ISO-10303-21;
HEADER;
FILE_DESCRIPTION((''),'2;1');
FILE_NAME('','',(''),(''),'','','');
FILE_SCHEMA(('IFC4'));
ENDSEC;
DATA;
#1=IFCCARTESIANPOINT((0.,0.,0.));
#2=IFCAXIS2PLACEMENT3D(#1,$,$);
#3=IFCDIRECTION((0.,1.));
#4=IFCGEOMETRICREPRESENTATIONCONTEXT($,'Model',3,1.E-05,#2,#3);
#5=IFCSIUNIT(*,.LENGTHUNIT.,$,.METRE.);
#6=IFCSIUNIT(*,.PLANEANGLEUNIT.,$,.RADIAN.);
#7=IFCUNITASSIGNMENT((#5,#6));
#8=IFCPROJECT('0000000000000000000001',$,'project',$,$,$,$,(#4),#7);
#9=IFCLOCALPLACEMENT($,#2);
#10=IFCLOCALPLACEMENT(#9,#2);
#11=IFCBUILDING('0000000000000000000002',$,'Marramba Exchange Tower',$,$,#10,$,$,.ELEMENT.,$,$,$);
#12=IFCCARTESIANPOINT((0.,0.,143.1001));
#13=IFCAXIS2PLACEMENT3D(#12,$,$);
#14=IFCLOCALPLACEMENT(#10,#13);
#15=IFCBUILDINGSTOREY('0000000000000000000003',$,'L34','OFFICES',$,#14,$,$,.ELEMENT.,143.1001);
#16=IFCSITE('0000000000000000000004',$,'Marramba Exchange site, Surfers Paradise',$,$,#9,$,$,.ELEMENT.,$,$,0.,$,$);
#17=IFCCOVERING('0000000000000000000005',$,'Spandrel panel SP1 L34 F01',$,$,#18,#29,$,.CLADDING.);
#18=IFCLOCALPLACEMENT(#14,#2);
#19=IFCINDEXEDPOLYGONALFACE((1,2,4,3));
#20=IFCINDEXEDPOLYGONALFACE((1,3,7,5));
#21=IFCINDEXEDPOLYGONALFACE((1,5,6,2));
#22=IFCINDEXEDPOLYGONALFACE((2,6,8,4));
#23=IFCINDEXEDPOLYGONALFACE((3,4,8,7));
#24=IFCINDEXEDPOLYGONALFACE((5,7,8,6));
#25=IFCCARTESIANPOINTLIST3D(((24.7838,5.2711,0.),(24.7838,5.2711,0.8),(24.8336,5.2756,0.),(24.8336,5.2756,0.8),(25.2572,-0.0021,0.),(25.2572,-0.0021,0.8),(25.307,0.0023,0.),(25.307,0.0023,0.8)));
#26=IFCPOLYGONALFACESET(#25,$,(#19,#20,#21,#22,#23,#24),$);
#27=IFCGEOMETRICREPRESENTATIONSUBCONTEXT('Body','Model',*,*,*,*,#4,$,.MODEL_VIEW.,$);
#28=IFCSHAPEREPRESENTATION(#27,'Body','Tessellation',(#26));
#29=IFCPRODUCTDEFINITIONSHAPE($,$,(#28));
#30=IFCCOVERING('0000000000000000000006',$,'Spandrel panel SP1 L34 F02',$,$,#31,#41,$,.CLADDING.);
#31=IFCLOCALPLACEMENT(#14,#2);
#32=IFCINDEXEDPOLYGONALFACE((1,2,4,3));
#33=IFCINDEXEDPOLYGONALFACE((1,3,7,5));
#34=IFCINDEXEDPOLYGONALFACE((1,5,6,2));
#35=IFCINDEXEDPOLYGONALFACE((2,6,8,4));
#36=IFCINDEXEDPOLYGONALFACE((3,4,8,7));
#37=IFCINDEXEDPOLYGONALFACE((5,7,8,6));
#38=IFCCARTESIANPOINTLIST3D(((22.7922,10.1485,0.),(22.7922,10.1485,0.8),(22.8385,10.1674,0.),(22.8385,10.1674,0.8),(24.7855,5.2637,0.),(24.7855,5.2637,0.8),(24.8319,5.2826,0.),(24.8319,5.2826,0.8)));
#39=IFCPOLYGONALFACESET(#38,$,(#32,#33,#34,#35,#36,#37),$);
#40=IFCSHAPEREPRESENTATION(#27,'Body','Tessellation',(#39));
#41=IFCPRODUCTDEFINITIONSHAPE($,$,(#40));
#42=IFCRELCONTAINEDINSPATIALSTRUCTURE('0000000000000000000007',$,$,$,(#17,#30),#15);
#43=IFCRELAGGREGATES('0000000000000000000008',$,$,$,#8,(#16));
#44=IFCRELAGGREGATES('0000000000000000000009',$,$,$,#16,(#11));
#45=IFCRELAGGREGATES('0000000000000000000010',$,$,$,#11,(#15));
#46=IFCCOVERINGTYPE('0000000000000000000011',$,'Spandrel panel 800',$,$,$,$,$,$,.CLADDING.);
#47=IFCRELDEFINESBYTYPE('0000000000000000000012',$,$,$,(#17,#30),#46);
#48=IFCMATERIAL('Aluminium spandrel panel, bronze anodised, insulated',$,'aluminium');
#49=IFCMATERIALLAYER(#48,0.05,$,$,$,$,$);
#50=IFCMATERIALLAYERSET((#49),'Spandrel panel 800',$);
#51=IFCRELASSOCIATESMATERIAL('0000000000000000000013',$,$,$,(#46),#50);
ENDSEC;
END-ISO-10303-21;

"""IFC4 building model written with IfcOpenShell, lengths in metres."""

from ifc_helpers import new_model, si_unit, direction, frame, origin, origin_2d, place, context, subcontext, project, spatial, rectangle, extrude, material, layer, layer_set, type_object, element, save


model = new_model("IFC4")

# Units and contexts
model_context = context("Model", 3, precision=1e-05, world=origin(), true_north=direction((0.0, 1.0)))
body_context = subcontext(model_context, "Body", "Model", "MODEL_VIEW")
ifc_project = project(units=[si_unit("LENGTHUNIT", "METRE"), si_unit("PLANEANGLEUNIT", "RADIAN")], contexts=[model_context])

# Site, building, storey
site_placement = place(None, origin())
site = spatial("IfcSite", under=ifc_project, at=site_placement, Name="Marramba Exchange site, Surfers Paradise", CompositionType="ELEMENT", RefElevation=0.0)
building_placement = place(site_placement, origin())
building = spatial("IfcBuilding", under=site, at=building_placement, Name="Marramba Exchange Tower", CompositionType="ELEMENT")
storey_placement = place(building_placement, frame((0.0, 0.0, 143.1001)))
storey = spatial("IfcBuildingStorey", under=building, at=storey_placement, Name="L34", Description="OFFICES", CompositionType="ELEMENT", Elevation=143.1001)

# Coverings
ifc_material_1 = material(Name="Aluminium spandrel panel, bronze anodised, insulated", Category="aluminium")
ifc_layer_1 = layer(ifc_material_1, 0.05)
ifc_layer_set_1 = layer_set([ifc_layer_1], Name="Spandrel panel 800")
covering_type = type_object("IfcCoveringType", Name="Spandrel panel 800", PredefinedType="CLADDING", material=ifc_layer_set_1)
covering_1_placement = place(storey_placement, frame((25.0454, 2.6367, 0.0), z_axis=(0.0, 0.0, 1.0), x_axis=(-0.089413, 0.995995, 0.0)))
element("IfcCovering", 1, at=covering_1_placement, inside=storey, type_object=covering_type, Name="Spandrel panel SP1 L34 F01", PredefinedType="CLADDING", context=body_context, shape_type="SweptSolid", body=[
    extrude(rectangle(XDim=5.2944, YDim=0.05, at=origin_2d()), origin(), (0.0, 0.0, 1.0), 0.8),
])
covering_2_placement = place(storey_placement, frame((23.812, 7.7156, 0.0), z_axis=(0.0, 0.0, 1.0), x_axis=(-0.377821, 0.925879, 0.0)))
element("IfcCovering", 2, at=covering_2_placement, inside=storey, type_object=covering_type, Name="Spandrel panel SP1 L34 F02", PredefinedType="CLADDING", context=body_context, shape_type="SweptSolid", body=[
    extrude(rectangle(XDim=5.2759, YDim=0.05, at=origin_2d()), origin(), (0.0, 0.0, 1.0), 0.8),
])

save(model, "model.ifc")
